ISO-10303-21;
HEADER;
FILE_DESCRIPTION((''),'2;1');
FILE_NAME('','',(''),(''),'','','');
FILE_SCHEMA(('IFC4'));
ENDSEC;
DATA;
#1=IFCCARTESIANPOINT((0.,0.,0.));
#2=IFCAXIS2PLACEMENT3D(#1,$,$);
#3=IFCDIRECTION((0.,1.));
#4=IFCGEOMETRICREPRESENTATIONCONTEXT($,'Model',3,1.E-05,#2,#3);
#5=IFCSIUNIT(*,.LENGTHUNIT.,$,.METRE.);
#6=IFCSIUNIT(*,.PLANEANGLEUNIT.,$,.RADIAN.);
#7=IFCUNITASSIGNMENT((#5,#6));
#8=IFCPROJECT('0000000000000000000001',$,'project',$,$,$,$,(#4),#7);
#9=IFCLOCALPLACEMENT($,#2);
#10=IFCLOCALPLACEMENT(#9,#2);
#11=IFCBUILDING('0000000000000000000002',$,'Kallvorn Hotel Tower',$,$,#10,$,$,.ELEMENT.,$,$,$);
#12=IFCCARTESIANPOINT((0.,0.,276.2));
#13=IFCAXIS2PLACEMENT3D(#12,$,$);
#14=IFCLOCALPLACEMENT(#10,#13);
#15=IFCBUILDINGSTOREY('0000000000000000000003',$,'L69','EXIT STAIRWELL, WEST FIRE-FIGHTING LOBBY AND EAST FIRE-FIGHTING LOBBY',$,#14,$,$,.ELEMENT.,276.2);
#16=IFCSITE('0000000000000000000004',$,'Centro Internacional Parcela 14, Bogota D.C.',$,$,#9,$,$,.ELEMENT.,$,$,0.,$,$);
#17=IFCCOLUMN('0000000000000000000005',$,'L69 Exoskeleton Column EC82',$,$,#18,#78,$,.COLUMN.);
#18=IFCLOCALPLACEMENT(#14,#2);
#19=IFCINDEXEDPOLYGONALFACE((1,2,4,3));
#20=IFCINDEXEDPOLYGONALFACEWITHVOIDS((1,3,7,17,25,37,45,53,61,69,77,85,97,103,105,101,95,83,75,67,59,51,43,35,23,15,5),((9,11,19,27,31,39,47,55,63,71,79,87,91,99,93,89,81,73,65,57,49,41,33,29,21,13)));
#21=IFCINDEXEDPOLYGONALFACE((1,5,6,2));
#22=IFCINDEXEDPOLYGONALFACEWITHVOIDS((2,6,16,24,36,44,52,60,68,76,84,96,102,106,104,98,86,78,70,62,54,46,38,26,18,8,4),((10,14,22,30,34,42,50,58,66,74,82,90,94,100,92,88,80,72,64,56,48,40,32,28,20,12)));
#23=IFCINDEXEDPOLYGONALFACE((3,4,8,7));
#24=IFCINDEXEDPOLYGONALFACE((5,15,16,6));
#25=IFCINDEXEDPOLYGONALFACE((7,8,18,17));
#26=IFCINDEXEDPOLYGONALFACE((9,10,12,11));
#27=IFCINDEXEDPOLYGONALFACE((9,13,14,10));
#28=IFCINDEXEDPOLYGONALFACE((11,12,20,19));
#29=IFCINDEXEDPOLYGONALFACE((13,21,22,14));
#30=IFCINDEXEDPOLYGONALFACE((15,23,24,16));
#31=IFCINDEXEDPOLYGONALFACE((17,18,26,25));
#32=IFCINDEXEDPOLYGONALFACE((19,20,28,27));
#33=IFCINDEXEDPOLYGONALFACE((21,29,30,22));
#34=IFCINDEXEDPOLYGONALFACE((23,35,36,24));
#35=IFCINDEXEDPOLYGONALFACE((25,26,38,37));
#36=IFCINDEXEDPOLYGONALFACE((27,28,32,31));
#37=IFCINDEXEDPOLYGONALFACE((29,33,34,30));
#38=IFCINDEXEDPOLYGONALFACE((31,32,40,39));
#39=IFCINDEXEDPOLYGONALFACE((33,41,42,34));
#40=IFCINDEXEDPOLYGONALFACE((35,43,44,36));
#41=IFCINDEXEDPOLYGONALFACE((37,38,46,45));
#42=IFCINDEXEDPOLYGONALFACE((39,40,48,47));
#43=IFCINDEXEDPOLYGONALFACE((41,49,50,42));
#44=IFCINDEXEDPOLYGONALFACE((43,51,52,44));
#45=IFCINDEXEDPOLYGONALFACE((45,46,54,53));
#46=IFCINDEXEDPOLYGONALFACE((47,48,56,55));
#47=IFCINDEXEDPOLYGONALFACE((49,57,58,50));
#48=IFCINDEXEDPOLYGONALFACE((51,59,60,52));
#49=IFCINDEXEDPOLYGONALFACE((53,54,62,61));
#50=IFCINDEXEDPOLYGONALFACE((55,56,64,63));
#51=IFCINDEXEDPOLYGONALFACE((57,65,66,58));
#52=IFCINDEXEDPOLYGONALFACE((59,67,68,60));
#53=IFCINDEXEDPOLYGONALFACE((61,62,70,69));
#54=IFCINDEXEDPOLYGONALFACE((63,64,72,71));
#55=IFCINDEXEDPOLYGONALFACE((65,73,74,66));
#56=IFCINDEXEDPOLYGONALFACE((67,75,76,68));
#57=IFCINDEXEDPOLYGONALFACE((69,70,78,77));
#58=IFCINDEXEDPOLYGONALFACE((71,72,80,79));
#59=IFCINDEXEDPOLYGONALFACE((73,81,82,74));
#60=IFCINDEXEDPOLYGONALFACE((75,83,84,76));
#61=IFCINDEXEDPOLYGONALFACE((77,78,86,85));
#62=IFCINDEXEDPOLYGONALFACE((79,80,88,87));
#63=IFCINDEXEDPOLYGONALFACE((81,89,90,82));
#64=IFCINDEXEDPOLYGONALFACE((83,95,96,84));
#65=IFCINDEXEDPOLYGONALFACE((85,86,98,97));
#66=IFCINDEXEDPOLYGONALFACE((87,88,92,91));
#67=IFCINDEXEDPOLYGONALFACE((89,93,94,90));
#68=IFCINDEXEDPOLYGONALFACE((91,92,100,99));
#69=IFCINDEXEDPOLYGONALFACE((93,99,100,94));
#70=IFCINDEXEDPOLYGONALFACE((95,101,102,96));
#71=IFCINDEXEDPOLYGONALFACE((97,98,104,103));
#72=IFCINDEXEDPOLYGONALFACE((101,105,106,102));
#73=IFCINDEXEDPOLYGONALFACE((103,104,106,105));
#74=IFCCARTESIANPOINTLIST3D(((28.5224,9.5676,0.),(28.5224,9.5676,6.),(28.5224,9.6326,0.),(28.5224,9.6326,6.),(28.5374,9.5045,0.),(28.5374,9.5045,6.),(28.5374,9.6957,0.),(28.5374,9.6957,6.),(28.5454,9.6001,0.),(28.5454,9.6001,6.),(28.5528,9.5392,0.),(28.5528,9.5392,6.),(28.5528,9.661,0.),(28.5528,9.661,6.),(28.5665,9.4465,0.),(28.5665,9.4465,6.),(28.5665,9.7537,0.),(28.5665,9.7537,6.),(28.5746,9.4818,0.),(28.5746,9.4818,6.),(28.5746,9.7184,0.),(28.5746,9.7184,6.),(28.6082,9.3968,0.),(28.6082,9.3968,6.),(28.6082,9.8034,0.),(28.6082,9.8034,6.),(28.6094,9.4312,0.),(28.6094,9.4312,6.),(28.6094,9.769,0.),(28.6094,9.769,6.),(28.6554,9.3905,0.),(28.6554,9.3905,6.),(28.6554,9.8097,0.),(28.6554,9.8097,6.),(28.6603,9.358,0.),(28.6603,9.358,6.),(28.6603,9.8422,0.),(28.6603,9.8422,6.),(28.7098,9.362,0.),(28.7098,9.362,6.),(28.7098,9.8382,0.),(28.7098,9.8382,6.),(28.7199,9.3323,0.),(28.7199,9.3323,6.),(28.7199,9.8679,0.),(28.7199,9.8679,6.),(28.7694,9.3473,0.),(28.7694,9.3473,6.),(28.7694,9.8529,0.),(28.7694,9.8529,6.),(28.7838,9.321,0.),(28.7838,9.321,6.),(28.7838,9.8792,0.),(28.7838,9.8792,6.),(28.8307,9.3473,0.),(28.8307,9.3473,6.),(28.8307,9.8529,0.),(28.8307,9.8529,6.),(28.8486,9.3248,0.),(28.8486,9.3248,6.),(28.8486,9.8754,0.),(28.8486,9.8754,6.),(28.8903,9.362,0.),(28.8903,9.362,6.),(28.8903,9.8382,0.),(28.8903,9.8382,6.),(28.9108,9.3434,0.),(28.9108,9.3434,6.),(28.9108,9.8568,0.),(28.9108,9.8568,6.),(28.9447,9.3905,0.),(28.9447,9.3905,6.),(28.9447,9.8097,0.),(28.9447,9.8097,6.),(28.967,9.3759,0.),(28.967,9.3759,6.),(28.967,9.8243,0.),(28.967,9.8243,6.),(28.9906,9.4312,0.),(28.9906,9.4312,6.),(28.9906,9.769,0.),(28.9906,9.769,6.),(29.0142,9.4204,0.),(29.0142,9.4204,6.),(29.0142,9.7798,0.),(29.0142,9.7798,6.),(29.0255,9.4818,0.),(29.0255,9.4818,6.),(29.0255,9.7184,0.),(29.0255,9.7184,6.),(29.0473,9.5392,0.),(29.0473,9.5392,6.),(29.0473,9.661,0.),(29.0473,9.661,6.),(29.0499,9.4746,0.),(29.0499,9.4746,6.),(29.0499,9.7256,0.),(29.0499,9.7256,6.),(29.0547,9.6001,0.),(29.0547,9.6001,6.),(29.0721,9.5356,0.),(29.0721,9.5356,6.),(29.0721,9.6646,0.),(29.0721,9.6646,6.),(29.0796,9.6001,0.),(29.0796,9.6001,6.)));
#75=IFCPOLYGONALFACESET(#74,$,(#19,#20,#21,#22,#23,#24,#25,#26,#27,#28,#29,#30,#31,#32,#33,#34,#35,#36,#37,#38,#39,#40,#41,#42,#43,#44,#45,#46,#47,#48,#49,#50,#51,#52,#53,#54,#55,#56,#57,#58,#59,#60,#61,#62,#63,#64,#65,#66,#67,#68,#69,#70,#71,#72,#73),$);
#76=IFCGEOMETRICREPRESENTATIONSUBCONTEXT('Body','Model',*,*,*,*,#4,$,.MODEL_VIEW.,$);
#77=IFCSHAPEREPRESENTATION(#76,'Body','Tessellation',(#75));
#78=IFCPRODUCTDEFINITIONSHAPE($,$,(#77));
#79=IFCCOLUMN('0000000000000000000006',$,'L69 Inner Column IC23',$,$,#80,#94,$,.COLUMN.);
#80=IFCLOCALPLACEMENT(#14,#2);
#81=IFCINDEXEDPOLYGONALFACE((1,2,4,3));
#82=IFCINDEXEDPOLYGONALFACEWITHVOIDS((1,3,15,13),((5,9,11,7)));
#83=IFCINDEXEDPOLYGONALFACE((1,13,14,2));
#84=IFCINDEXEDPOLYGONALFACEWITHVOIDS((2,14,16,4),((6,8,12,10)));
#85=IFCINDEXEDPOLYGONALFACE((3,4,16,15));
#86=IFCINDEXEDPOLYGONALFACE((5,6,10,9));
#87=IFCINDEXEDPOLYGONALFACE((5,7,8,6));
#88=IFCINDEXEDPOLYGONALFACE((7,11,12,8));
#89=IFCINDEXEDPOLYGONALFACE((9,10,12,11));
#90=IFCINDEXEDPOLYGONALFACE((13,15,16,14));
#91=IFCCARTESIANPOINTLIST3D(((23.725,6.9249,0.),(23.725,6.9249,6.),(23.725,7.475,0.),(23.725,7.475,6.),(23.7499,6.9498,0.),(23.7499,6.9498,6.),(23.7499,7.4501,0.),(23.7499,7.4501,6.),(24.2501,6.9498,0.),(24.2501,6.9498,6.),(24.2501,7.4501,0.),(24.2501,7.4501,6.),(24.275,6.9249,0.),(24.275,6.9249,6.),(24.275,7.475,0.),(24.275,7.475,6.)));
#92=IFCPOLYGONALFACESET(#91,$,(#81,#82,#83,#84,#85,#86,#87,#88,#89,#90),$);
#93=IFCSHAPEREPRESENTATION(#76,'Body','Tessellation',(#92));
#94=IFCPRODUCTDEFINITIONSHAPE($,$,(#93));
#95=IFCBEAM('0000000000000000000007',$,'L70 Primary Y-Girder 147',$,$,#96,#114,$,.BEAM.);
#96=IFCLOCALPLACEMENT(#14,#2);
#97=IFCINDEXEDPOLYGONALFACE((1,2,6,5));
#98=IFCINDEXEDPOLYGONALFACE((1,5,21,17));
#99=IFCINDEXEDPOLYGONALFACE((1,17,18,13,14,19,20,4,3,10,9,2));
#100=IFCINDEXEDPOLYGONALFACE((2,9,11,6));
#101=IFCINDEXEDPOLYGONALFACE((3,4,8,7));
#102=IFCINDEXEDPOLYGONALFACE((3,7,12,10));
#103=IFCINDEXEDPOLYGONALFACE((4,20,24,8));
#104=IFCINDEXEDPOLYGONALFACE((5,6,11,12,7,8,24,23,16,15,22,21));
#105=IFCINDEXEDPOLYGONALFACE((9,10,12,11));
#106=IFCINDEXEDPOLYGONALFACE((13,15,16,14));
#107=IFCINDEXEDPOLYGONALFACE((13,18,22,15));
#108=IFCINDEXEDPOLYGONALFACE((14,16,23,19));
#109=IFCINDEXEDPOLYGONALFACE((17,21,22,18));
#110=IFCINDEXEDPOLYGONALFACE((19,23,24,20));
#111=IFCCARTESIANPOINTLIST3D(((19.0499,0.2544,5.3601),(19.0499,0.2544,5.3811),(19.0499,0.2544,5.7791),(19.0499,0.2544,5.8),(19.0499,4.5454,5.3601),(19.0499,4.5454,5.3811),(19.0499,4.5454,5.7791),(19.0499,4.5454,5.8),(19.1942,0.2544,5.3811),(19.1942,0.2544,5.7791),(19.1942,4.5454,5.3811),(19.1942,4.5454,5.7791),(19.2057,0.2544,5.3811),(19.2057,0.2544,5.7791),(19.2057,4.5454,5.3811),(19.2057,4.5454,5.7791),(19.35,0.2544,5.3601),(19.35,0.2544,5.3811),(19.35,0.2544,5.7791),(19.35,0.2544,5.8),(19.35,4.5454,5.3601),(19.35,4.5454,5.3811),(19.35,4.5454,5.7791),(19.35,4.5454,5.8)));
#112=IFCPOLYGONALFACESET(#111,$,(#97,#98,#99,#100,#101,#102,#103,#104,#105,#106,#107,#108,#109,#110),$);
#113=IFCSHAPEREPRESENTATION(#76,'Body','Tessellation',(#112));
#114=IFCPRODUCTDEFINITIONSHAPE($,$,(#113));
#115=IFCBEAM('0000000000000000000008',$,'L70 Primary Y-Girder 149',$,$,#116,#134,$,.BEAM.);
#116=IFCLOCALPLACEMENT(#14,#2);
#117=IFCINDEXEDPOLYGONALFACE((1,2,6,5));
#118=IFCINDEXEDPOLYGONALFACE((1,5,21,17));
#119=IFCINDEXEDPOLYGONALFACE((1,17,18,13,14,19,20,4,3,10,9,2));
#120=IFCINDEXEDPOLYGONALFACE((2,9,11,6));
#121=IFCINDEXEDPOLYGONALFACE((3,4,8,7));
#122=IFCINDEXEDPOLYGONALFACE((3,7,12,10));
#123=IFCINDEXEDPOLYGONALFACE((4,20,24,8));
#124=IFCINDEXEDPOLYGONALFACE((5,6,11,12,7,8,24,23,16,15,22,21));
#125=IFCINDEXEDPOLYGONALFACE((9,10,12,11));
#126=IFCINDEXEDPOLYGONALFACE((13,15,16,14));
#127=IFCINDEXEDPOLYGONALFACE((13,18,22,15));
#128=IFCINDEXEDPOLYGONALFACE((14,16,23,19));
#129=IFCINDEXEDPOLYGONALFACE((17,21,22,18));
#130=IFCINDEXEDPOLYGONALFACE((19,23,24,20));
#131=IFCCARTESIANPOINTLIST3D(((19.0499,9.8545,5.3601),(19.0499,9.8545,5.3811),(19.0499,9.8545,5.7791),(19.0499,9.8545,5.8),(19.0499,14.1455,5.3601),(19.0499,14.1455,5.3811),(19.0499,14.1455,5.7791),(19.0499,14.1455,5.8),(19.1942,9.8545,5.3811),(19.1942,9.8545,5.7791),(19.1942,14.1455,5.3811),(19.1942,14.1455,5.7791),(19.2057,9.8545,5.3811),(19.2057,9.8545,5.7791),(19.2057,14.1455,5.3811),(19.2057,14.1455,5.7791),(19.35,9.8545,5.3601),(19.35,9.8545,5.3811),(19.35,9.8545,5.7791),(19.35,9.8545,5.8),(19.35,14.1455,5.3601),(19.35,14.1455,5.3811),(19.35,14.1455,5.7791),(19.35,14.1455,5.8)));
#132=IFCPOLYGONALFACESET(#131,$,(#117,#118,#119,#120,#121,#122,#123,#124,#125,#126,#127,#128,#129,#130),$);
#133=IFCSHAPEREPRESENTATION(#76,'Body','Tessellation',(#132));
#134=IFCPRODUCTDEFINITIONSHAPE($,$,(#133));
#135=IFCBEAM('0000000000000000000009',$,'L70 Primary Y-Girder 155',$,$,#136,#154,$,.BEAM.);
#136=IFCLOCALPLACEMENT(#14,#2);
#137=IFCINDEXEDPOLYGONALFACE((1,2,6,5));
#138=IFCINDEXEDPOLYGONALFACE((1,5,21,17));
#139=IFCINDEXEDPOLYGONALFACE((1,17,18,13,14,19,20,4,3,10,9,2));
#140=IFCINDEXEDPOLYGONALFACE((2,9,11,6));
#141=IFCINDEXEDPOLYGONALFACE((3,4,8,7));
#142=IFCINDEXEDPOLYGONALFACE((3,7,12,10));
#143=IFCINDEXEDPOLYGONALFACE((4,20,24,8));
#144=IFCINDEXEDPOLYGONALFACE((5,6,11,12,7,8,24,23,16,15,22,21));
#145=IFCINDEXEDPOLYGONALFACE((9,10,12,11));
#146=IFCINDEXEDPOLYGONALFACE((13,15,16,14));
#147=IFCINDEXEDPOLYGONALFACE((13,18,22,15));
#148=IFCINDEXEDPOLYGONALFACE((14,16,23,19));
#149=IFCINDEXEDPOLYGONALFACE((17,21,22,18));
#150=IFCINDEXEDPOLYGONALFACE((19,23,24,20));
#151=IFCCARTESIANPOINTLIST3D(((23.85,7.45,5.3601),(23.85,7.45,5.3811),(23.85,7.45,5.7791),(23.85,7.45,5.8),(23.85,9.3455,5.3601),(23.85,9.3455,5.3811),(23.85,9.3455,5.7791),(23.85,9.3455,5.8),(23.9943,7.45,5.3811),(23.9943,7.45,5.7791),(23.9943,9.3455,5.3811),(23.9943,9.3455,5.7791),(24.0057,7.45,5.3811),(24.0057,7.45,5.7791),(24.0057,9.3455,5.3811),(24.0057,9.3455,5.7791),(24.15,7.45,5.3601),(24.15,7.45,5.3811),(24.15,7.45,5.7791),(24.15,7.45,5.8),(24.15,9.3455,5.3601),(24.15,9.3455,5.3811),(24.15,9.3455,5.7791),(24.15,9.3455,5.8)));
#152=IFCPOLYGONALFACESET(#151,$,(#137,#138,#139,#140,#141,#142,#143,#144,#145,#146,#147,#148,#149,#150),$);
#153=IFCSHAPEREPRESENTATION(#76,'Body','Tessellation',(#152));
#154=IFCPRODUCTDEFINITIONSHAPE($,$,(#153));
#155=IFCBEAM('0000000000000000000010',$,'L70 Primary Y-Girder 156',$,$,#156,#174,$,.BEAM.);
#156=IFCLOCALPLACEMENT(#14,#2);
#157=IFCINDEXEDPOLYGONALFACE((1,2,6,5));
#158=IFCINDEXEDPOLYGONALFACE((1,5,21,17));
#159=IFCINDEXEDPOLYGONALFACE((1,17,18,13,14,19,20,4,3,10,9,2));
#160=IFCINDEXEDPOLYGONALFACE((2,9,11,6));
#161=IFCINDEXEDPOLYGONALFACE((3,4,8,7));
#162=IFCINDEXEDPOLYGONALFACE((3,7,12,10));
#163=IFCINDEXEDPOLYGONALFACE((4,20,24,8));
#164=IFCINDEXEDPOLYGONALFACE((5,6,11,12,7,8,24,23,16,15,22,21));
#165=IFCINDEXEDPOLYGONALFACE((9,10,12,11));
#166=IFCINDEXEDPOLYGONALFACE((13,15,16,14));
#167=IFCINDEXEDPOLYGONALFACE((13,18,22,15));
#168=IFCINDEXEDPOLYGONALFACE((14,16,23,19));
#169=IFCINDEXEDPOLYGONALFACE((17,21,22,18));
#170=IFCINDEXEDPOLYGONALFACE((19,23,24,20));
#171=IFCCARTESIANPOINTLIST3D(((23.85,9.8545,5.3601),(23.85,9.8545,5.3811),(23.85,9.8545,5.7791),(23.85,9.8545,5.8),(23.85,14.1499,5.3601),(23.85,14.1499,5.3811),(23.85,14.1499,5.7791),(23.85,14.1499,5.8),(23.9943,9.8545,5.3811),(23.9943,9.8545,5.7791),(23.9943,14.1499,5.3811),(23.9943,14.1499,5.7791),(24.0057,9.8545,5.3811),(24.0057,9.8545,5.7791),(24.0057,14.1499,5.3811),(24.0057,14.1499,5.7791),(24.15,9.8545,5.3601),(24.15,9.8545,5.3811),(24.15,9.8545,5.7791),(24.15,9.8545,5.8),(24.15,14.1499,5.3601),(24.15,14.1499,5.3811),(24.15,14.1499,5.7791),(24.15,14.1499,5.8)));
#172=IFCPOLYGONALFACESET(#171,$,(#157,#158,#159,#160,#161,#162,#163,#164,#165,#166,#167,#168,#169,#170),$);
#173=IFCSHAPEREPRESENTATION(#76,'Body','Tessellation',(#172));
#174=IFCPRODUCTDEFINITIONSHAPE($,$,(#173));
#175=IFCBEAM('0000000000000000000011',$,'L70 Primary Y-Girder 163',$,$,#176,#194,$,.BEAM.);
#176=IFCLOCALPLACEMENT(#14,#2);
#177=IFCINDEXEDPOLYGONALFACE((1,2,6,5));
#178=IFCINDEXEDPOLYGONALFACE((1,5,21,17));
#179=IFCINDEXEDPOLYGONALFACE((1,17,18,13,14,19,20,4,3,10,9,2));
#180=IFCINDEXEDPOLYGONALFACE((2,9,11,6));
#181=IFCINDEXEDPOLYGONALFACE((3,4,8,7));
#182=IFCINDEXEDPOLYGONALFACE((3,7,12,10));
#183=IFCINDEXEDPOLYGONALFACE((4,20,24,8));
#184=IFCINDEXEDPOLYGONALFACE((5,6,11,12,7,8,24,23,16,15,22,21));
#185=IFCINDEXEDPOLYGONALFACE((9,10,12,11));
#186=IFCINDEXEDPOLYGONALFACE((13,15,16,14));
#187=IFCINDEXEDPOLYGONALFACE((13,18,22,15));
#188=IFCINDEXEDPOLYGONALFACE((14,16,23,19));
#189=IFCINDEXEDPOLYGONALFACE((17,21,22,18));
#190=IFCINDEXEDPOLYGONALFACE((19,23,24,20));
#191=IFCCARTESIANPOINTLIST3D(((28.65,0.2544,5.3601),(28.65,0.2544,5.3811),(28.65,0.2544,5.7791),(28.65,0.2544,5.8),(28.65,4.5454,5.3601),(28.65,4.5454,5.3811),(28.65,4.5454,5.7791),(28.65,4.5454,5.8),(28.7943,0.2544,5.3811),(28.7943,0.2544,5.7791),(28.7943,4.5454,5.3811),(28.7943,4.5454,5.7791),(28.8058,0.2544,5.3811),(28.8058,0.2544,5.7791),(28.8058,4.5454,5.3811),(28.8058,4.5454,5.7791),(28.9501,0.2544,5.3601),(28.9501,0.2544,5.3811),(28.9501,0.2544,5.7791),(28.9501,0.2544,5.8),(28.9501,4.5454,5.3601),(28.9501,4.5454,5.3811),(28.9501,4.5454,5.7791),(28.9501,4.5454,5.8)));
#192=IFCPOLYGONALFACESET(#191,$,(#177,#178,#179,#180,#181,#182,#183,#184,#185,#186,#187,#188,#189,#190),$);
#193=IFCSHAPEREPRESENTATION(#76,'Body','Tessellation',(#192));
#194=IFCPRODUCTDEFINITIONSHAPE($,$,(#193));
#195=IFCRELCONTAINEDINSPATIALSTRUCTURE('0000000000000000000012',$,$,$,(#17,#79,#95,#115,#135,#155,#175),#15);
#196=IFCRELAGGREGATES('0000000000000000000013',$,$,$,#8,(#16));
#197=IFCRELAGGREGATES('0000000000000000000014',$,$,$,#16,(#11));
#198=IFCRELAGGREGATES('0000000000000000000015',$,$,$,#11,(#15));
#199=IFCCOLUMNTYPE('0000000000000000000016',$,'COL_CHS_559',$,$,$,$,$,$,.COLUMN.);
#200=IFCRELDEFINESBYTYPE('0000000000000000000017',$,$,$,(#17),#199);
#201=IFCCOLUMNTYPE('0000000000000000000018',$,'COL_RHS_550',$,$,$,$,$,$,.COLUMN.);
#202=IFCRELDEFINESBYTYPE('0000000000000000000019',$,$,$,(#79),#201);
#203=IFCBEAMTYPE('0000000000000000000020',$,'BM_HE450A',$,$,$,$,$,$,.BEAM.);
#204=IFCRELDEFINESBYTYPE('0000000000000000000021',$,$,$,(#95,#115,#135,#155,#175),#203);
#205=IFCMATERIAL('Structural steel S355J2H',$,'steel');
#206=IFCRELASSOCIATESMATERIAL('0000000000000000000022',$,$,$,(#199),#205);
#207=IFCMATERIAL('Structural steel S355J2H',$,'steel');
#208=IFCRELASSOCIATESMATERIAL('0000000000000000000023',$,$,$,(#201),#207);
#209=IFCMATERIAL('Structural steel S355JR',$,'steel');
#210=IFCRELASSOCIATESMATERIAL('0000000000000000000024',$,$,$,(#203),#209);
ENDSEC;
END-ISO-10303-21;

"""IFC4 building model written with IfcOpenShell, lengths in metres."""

from ifc_helpers import new_model, si_unit, direction, frame, origin, origin_2d, place, context, subcontext, project, spatial, hollow_rectangle, hollow_circle, i_section, extrude, material, material_profile, profile_set, type_object, element, save


model = new_model("IFC4")

# Units and contexts
model_context = context("Model", 3, precision=1e-05, world=origin(), true_north=direction((0.0, 1.0)))
body_context = subcontext(model_context, "Body", "Model", "MODEL_VIEW")
ifc_project = project(units=[si_unit("LENGTHUNIT", "METRE"), si_unit("PLANEANGLEUNIT", "RADIAN")], contexts=[model_context])

# Site, building, storey
site_placement = place(None, origin())
site = spatial("IfcSite", under=ifc_project, at=site_placement, Name="Centro Internacional Parcela 14, Bogota D.C.", CompositionType="ELEMENT", RefElevation=0.0)
building_placement = place(site_placement, origin())
building = spatial("IfcBuilding", under=site, at=building_placement, Name="Kallvorn Hotel Tower", CompositionType="ELEMENT")
storey_placement = place(building_placement, frame((0.0, 0.0, 276.2)))
storey = spatial("IfcBuildingStorey", under=building, at=storey_placement, Name="L69", Description="EXIT STAIRWELL, WEST FIRE-FIGHTING LOBBY AND EAST FIRE-FIGHTING LOBBY", CompositionType="ELEMENT", Elevation=276.2)

# Columns
ifc_material_1 = material(Name="Structural steel S355J2H", Category="steel")
ifc_material_profile_1 = material_profile(ifc_material_1, hollow_circle(Radius=0.2795, WallThickness=0.0249, at=origin_2d()), Name="CHS 559x25")
ifc_profile_set_1 = profile_set([ifc_material_profile_1], Name="Structural steel S355J2H")
column_type_1 = type_object("IfcColumnType", Name="COL_CHS_559", PredefinedType="COLUMN", material=ifc_profile_set_1)
for number, where, z_axis, x_axis, name in (
    (1, (28.8, 9.6001, 0.0), (0.0, 0.0, 1.0), (1.0, 0.0, 0.0), "L69 Exoskeleton Column EC82"),
):
    element("IfcColumn", number, at=place(storey_placement, frame(where, z_axis=z_axis, x_axis=x_axis)), inside=storey, type_object=column_type_1, Name=name, PredefinedType="COLUMN", context=body_context, shape_type="SweptSolid", body=[
        extrude(hollow_circle(Radius=0.2795, WallThickness=0.0249, at=origin_2d()), origin(), (0.0, 0.0, 1.0), 6.0),
    ])
ifc_material_2 = material(Name="Structural steel S355J2H", Category="steel")
ifc_material_profile_2 = material_profile(ifc_material_2, hollow_rectangle(XDim=0.55, YDim=0.55, WallThickness=0.0249, at=origin_2d()), Name="RHS 550x550x25")
ifc_profile_set_2 = profile_set([ifc_material_profile_2], Name="Structural steel S355J2H")
column_type_2 = type_object("IfcColumnType", Name="COL_RHS_550", PredefinedType="COLUMN", material=ifc_profile_set_2)
column_placement = place(storey_placement, frame((24.0, 7.2, 0.0), z_axis=(0.0, 0.0, 1.0), x_axis=(1.0, 0.0, 0.0)))
element("IfcColumn", 2, at=column_placement, inside=storey, type_object=column_type_2, Name="L69 Inner Column IC23", PredefinedType="COLUMN", context=body_context, shape_type="SweptSolid", body=[
    extrude(hollow_rectangle(XDim=0.55, YDim=0.55, WallThickness=0.0249, at=origin_2d()), origin(), (0.0, 0.0, 1.0), 6.0),
])

# Beams
ifc_material_3 = material(Name="Structural steel S355JR", Category="steel")
ifc_material_profile_3 = material_profile(ifc_material_3, i_section(OverallWidth=0.3, OverallDepth=0.4399, WebThickness=0.0115, FlangeThickness=0.021, at=origin_2d()), Name="HE 450 A")
ifc_profile_set_3 = profile_set([ifc_material_profile_3], Name="Structural steel S355JR")
beam_type_1 = type_object("IfcBeamType", Name="BM_HE450A", PredefinedType="BEAM", material=ifc_profile_set_3)
for number, where, z_axis, x_axis, name in (
    (3, (19.2, 0.2544, 5.5801), (0.0, 1.0, 0.0), (-1.0, 0.0, 0.0), "L70 Primary Y-Girder 147"),
    (4, (19.2, 9.8545, 5.5801), (0.0, 1.0, 0.0), (-1.0, 0.0, 0.0), "L70 Primary Y-Girder 149"),
):
    element("IfcBeam", number, at=place(storey_placement, frame(where, z_axis=z_axis, x_axis=x_axis)), inside=storey, type_object=beam_type_1, Name=name, PredefinedType="BEAM", context=body_context, shape_type="SweptSolid", body=[
        extrude(i_section(OverallWidth=0.3, OverallDepth=0.4399, WebThickness=0.0115, FlangeThickness=0.021, at=origin_2d()), origin(), (0.0, 0.0, 1.0), 4.291),
    ])
beam_1_placement = place(storey_placement, frame((24.0, 7.45, 5.5801), z_axis=(0.0, 1.0, 0.0), x_axis=(-1.0, 0.0, 0.0)))
element("IfcBeam", 5, at=beam_1_placement, inside=storey, type_object=beam_type_1, Name="L70 Primary Y-Girder 155", PredefinedType="BEAM", context=body_context, shape_type="SweptSolid", body=[
    extrude(i_section(OverallWidth=0.3, OverallDepth=0.4399, WebThickness=0.0115, FlangeThickness=0.021, at=origin_2d()), origin(), (0.0, 0.0, 1.0), 1.8955),
])
beam_2_placement = place(storey_placement, frame((24.0, 9.8545, 5.5801), z_axis=(0.0, 1.0, 0.0), x_axis=(-1.0, 0.0, 0.0)))
element("IfcBeam", 6, at=beam_2_placement, inside=storey, type_object=beam_type_1, Name="L70 Primary Y-Girder 156", PredefinedType="BEAM", context=body_context, shape_type="SweptSolid", body=[
    extrude(i_section(OverallWidth=0.3, OverallDepth=0.4399, WebThickness=0.0115, FlangeThickness=0.021, at=origin_2d()), origin(), (0.0, 0.0, 1.0), 4.2954),
])
for number, where, z_axis, x_axis, name in (
    (7, (28.8, 0.2544, 5.5801), (0.0, 1.0, 0.0), (-1.0, 0.0, 0.0), "L70 Primary Y-Girder 163"),
):
    element("IfcBeam", number, at=place(storey_placement, frame(where, z_axis=z_axis, x_axis=x_axis)), inside=storey, type_object=beam_type_1, Name=name, PredefinedType="BEAM", context=body_context, shape_type="SweptSolid", body=[
        extrude(i_section(OverallWidth=0.3, OverallDepth=0.4399, WebThickness=0.0115, FlangeThickness=0.021, at=origin_2d()), origin(), (0.0, 0.0, 1.0), 4.291),
    ])

save(model, "model.ifc")
